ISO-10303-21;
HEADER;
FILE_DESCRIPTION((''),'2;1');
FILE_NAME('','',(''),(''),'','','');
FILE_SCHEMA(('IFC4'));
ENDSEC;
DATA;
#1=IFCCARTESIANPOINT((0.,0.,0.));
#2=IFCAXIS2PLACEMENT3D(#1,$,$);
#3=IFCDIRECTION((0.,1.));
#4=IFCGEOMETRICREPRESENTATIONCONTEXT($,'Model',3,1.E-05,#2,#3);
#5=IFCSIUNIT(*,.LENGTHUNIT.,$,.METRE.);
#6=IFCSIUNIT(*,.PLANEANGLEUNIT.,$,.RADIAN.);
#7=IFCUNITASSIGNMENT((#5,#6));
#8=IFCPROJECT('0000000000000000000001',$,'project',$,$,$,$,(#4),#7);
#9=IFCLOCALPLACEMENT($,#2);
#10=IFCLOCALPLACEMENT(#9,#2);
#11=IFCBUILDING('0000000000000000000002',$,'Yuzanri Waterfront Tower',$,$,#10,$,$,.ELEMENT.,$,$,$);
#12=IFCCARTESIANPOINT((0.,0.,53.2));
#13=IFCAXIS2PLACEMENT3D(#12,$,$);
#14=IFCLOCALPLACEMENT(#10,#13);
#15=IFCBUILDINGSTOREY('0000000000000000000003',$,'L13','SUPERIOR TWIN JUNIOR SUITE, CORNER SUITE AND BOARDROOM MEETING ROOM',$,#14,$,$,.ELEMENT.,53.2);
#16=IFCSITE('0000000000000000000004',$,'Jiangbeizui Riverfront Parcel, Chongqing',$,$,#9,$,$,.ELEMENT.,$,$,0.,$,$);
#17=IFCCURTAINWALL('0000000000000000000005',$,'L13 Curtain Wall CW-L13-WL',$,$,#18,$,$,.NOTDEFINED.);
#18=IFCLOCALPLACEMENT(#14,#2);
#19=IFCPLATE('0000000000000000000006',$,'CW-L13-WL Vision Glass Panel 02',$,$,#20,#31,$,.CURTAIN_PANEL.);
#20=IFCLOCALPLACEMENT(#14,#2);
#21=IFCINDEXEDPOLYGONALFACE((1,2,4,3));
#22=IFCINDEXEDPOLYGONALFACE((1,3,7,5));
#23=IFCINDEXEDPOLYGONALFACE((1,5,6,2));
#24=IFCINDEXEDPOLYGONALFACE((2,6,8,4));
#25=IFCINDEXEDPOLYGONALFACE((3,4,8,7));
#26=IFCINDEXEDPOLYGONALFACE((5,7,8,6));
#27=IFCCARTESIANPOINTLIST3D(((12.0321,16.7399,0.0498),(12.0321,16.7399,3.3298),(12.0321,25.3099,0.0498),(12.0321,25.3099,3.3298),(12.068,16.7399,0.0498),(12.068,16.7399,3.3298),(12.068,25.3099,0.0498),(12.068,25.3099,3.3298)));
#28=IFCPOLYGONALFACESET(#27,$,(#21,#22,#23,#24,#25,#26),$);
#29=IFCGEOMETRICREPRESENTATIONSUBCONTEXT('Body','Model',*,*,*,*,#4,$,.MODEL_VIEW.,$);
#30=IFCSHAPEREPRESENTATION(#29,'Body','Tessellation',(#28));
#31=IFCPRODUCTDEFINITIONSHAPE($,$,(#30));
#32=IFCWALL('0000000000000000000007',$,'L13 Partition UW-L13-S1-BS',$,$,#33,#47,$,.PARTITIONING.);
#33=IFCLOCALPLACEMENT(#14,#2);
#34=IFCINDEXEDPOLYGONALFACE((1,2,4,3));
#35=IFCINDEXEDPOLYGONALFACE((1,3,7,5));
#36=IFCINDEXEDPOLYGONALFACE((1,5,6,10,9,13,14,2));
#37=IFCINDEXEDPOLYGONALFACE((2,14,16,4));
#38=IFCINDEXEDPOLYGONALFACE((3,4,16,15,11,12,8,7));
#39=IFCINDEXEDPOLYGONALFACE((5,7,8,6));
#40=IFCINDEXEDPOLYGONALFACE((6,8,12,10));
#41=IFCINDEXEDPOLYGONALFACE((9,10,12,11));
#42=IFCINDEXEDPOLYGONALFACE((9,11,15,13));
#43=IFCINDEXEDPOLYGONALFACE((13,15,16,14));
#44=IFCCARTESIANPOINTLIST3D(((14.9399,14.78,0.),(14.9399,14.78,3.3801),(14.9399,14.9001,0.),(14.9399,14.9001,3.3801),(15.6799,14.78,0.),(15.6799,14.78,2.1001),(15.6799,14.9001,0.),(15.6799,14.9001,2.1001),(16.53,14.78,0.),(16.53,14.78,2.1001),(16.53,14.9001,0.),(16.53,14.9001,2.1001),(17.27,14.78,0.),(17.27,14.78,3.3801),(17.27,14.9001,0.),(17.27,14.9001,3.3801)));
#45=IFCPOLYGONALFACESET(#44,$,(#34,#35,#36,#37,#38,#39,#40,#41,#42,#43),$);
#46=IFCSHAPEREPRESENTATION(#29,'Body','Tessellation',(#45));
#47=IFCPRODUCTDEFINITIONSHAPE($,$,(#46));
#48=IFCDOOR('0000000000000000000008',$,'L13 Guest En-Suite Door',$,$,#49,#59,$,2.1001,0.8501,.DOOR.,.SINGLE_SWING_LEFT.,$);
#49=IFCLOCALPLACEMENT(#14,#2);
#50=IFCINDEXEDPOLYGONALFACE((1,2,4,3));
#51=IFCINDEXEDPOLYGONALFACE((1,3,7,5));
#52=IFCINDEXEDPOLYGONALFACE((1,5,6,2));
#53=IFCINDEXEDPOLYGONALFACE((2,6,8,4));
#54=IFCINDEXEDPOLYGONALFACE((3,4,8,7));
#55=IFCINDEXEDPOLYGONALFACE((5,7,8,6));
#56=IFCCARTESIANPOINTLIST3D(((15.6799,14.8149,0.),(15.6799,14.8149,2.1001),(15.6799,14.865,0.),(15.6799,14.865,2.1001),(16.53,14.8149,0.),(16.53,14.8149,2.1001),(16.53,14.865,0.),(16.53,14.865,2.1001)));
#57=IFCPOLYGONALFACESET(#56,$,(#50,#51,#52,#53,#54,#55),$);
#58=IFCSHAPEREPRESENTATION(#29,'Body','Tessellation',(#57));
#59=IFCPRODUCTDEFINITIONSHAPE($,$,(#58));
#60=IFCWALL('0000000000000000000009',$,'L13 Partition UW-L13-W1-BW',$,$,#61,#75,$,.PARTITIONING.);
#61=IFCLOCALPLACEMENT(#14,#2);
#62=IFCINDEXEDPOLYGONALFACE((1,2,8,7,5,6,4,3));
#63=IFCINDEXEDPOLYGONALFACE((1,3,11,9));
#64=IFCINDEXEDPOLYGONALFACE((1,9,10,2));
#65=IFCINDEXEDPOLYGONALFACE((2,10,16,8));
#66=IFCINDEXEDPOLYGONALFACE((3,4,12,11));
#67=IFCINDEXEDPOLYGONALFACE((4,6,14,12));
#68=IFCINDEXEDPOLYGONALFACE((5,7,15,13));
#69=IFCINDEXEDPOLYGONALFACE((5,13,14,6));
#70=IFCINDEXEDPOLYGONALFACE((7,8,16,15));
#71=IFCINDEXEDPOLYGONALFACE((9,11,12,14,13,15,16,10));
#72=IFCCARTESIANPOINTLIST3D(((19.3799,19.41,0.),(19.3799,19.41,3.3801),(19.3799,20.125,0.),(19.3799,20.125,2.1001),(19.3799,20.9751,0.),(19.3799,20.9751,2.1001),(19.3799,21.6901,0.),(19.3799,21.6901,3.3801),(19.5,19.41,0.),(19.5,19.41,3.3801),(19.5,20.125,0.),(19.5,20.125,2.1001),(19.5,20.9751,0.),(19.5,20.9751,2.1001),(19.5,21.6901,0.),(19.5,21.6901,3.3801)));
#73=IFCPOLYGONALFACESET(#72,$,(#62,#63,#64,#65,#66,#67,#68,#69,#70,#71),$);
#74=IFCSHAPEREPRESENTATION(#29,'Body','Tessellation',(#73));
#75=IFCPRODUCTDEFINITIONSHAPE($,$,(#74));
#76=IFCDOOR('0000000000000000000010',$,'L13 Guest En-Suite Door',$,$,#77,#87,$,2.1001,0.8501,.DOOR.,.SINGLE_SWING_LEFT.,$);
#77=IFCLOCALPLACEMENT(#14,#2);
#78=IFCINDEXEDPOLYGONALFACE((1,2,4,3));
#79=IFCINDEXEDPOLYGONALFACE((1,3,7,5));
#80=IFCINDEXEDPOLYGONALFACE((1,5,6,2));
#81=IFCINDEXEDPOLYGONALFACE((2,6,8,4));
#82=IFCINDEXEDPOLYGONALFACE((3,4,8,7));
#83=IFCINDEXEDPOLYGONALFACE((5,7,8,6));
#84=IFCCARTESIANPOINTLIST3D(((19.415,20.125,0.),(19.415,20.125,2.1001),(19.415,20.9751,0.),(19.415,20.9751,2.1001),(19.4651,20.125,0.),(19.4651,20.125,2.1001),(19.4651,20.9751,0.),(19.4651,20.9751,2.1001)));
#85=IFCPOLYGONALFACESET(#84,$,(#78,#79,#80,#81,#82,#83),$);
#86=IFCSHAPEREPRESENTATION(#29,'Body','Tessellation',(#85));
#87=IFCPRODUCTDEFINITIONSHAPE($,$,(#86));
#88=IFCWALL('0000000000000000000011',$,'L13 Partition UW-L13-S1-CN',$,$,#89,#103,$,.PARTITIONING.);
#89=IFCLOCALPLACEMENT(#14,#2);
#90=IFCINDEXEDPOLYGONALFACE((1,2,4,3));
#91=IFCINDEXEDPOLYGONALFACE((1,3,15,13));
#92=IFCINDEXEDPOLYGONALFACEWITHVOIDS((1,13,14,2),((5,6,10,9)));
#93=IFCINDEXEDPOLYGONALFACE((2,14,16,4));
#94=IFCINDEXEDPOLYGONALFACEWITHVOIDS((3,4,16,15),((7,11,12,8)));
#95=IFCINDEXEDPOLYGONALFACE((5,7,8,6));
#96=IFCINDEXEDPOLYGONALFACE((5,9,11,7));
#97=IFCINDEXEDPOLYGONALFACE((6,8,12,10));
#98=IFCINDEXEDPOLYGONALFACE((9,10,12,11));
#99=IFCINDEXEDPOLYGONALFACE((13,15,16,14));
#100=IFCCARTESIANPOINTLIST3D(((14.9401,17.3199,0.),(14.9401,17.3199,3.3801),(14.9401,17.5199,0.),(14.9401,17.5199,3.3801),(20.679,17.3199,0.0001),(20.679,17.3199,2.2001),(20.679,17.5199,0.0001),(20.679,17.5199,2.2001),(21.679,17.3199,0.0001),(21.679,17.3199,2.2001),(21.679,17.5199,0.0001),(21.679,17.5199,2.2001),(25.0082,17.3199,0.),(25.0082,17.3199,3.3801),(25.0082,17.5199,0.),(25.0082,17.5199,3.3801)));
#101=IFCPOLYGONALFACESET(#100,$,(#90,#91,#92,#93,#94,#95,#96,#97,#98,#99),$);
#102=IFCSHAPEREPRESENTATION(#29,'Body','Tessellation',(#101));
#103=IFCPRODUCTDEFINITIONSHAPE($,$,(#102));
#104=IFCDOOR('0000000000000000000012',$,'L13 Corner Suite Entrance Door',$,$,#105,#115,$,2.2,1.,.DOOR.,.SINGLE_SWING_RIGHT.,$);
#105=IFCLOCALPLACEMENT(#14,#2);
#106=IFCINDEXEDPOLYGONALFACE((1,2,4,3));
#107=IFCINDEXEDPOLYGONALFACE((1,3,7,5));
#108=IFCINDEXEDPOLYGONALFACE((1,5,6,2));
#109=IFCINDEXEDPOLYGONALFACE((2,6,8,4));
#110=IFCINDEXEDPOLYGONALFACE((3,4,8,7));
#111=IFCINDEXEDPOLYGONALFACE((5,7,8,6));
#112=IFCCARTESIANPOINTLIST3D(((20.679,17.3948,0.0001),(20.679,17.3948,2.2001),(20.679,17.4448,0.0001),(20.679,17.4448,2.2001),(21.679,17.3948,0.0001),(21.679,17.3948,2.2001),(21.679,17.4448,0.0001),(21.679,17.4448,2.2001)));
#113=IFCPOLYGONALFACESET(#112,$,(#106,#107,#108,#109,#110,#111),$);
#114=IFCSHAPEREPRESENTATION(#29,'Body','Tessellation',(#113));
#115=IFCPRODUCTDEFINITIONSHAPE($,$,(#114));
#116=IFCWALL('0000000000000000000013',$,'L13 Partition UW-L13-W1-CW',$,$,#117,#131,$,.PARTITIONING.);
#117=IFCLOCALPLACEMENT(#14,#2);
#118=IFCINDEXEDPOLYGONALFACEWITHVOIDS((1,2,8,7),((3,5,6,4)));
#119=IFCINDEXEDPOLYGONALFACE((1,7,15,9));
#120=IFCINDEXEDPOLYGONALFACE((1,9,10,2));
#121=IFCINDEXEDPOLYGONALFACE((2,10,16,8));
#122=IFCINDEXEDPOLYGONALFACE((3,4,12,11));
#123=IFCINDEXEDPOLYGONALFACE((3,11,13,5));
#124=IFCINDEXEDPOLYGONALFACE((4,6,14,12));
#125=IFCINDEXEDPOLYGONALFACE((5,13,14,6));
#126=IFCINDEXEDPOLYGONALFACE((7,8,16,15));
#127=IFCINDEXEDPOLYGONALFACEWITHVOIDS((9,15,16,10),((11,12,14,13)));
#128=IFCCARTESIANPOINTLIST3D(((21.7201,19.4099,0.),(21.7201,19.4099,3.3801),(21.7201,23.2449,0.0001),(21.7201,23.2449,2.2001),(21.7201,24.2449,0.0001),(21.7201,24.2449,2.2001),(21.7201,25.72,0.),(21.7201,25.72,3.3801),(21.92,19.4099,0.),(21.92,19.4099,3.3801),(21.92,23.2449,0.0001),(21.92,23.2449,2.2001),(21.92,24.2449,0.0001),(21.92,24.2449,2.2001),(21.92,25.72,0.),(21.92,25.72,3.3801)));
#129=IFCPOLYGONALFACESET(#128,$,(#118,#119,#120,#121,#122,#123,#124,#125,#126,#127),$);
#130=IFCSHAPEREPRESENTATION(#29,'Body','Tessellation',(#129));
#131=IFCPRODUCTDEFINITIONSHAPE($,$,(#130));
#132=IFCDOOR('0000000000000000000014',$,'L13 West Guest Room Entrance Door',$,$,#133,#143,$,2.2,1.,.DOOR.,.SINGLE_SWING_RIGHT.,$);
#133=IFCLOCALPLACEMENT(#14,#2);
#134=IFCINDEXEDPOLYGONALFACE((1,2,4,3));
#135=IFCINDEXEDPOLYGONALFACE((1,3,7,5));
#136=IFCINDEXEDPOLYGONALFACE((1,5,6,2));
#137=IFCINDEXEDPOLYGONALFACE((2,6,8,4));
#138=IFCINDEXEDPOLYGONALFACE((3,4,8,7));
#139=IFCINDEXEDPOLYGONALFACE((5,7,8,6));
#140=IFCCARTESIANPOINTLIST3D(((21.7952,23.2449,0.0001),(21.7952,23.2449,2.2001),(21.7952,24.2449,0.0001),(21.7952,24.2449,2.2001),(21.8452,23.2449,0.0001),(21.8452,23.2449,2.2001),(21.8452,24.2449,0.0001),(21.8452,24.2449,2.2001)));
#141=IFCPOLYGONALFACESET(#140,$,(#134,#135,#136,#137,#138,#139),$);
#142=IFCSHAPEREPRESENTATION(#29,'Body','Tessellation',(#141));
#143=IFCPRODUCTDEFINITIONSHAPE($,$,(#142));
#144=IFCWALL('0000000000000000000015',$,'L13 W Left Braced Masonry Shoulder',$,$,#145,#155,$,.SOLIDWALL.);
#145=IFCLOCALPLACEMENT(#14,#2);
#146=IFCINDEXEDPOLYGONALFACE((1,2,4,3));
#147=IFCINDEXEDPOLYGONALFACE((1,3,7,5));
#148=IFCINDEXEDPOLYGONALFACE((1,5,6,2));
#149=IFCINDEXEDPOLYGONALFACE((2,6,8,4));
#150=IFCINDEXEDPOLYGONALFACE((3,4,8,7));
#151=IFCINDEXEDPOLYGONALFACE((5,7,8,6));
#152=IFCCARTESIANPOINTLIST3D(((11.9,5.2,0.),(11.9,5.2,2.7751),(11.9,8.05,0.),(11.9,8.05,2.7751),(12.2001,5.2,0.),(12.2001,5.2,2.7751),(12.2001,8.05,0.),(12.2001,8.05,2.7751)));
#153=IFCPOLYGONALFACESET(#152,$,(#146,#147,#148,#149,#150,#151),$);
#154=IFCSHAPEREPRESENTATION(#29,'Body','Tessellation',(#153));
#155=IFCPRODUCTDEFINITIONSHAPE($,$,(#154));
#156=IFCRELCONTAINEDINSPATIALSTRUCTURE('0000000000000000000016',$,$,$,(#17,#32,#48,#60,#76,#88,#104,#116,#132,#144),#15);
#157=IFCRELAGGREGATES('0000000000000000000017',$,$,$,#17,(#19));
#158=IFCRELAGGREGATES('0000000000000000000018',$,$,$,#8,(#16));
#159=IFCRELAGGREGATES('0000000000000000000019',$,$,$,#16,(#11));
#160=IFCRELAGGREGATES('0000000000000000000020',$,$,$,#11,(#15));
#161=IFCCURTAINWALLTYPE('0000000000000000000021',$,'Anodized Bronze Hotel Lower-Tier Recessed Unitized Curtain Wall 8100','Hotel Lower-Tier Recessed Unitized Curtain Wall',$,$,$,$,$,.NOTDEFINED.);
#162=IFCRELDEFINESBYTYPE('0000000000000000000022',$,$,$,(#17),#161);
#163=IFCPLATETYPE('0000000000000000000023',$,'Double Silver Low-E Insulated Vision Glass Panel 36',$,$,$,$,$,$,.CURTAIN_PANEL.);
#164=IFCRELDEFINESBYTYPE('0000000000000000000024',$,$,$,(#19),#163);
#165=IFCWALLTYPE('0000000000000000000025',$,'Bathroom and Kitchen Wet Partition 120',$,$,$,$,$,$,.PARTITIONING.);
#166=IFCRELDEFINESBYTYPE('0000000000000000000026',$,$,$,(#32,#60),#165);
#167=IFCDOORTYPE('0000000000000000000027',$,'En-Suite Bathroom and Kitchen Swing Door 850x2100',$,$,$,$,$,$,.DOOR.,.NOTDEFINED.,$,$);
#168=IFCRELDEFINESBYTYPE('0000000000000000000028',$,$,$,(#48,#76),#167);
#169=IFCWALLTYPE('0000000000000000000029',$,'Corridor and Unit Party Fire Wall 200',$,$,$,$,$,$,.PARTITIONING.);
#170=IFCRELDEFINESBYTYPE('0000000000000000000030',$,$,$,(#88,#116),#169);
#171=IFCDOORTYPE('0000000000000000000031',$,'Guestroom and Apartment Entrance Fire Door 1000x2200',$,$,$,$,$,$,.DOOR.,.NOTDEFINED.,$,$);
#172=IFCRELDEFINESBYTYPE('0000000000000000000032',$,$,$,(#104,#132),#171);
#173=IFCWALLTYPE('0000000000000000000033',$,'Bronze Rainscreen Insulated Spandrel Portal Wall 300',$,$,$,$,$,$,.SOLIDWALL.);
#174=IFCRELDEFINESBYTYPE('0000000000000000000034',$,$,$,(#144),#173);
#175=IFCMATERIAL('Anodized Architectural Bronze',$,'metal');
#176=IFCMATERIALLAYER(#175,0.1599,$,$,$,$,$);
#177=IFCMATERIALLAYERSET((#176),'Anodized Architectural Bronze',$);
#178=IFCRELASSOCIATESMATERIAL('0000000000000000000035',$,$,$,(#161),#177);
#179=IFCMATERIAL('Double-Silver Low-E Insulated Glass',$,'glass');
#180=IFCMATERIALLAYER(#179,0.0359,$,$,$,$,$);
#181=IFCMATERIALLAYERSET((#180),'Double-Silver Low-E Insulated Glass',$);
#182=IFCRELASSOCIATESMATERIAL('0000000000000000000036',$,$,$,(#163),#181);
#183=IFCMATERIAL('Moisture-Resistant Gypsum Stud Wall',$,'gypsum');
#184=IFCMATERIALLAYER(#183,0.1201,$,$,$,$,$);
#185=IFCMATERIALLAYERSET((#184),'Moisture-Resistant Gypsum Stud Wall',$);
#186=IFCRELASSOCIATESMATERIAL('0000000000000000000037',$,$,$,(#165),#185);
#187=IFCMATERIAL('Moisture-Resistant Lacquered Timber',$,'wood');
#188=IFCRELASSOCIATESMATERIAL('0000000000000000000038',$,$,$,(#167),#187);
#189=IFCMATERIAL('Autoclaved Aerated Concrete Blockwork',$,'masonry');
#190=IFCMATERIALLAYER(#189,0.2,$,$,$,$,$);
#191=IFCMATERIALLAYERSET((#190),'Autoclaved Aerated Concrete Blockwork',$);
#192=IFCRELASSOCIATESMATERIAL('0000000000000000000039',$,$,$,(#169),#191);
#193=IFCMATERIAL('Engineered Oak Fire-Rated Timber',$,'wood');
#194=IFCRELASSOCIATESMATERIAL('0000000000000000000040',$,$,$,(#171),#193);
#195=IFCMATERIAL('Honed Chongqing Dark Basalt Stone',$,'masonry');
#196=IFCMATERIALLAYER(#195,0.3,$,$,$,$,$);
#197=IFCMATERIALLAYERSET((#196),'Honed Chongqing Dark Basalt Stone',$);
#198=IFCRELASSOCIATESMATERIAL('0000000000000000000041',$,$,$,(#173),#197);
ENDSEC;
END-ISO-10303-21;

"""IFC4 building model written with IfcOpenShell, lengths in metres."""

from ifc_helpers import new_model, si_unit, direction, frame, frame_2d, origin, origin_2d, place, context, subcontext, project, spatial, rectangle, extrude, source, transform, mapped, material, layer, layer_set, type_object, element, fill, aggregate, save


model = new_model("IFC4")

# Units and contexts
model_context = context("Model", 3, precision=1e-05, world=origin(), true_north=direction((0.0, 1.0)))
body_context = subcontext(model_context, "Body", "Model", "MODEL_VIEW")
ifc_project = project(units=[si_unit("LENGTHUNIT", "METRE"), si_unit("PLANEANGLEUNIT", "RADIAN")], contexts=[model_context])

# Site, building, storey
site_placement = place(None, origin())
site = spatial("IfcSite", under=ifc_project, at=site_placement, Name="Jiangbeizui Riverfront Parcel, Chongqing", CompositionType="ELEMENT", RefElevation=0.0)
building_placement = place(site_placement, origin())
building = spatial("IfcBuilding", under=site, at=building_placement, Name="Yuzanri Waterfront Tower", CompositionType="ELEMENT")
storey_placement = place(building_placement, frame((0.0, 0.0, 53.2)))
storey = spatial("IfcBuildingStorey", under=building, at=storey_placement, Name="L13", Description="SUPERIOR TWIN JUNIOR SUITE, CORNER SUITE AND BOARDROOM MEETING ROOM", CompositionType="ELEMENT", Elevation=53.2)

# Curtain wall
ifc_material_1 = material(Name="Anodized Architectural Bronze", Category="metal")
ifc_layer_1 = layer(ifc_material_1, 0.1599)
ifc_layer_set_1 = layer_set([ifc_layer_1], Name="Anodized Architectural Bronze")
curtain_wall_type = type_object("IfcCurtainWallType", Name="Anodized Bronze Hotel Lower-Tier Recessed Unitized Curtain Wall 8100", Description="Hotel Lower-Tier Recessed Unitized Curtain Wall", PredefinedType="NOTDEFINED", material=ifc_layer_set_1)
curtain_wall_placement = place(storey_placement, origin())
curtain_wall = element("IfcCurtainWall", 1, at=curtain_wall_placement, inside=storey, type_object=curtain_wall_type, Name="L13 Curtain Wall CW-L13-WL", PredefinedType="NOTDEFINED")

# Plate
ifc_material_2 = material(Name="Double-Silver Low-E Insulated Glass", Category="glass")
ifc_layer_2 = layer(ifc_material_2, 0.0359)
ifc_layer_set_2 = layer_set([ifc_layer_2], Name="Double-Silver Low-E Insulated Glass")
plate_type_1 = type_object("IfcPlateType", Name="Double Silver Low-E Insulated Vision Glass Panel 36", PredefinedType="CURTAIN_PANEL", material=ifc_layer_set_2)
shared_shape_1 = source(origin(), body_context, "Body", "SweptSolid", [
    extrude(rectangle(XDim=8.5701, YDim=0.0359, at=origin_2d()), origin(), (0.0, 0.0, 1.0), 3.28),
])
plate_1_placement = place(storey_placement, frame((12.05, 21.0249, 0.0498), z_axis=(0.0, 0.0, 1.0), x_axis=(0.0, 1.0, 0.0)))
plate_1 = element("IfcPlate", 2, at=plate_1_placement, type_object=plate_type_1, Name="CW-L13-WL Vision Glass Panel 02", PredefinedType="CURTAIN_PANEL", context=body_context, shape_type="MappedRepresentation", body=[
    mapped(shared_shape_1, transform((0.0, 0.0, 0.0), scale=1.0)),
])
aggregate(curtain_wall, [plate_1])

# Walls, openings, doors
ifc_material_3 = material(Name="Moisture-Resistant Gypsum Stud Wall", Category="gypsum")
ifc_layer_3 = layer(ifc_material_3, 0.1201)
ifc_layer_set_3 = layer_set([ifc_layer_3], Name="Moisture-Resistant Gypsum Stud Wall")
wall_type_1 = type_object("IfcWallType", Name="Bathroom and Kitchen Wet Partition 120", PredefinedType="PARTITIONING", material=ifc_layer_set_3)
wall_1_placement = place(storey_placement, frame((14.9399, 14.8401, 0.0), z_axis=(0.0, 0.0, 1.0), x_axis=(1.0, 0.0, 0.0)))
wall_1 = element("IfcWall", 3, at=wall_1_placement, inside=storey, type_object=wall_type_1, Name="L13 Partition UW-L13-S1-BS", PredefinedType="PARTITIONING", context=body_context, shape_type="SweptSolid", body=[
    extrude(rectangle(XDim=2.3301, YDim=0.1201, at=frame_2d((1.165, 0.0))), origin(), (0.0, 0.0, 1.0), 3.3801),
])
opening_1_placement = place(wall_1_placement, frame((0.74, 0.0, 0.0)))
opening_1 = element("IfcOpeningElement", 4, at=opening_1_placement, cuts=wall_1, PredefinedType="OPENING", context=body_context, shape_type="SweptSolid", body=[
    extrude(rectangle(XDim=0.8501, YDim=2.1001, at=frame_2d((0.425, 1.05))), frame((0.0, 0.075, 0.0), z_axis=(0.0, -1.0, 0.0), x_axis=(1.0, 0.0, 0.0)), (0.0, 0.0, 1.0), 0.1499),
])
ifc_material_4 = material(Name="Moisture-Resistant Lacquered Timber", Category="wood")
door_type_1 = type_object("IfcDoorType", Name="En-Suite Bathroom and Kitchen Swing Door 850x2100", OperationType="NOTDEFINED", PredefinedType="DOOR", material=ifc_material_4)
shared_shape_2 = source(origin(), body_context, "Body", "SweptSolid", [
    extrude(rectangle(XDim=0.8501, YDim=2.1001, at=frame_2d((0.425, 1.05))), frame((0.0, 0.0249, 0.0), z_axis=(0.0, -1.0, 0.0), x_axis=(1.0, 0.0, 0.0)), (0.0, 0.0, 1.0), 0.05),
])
door_1_placement = place(opening_1_placement, origin())
door_1 = element("IfcDoor", 5, at=door_1_placement, inside=storey, type_object=door_type_1, Name="L13 Guest En-Suite Door", OperationType="SINGLE_SWING_LEFT", OverallHeight=2.1001, OverallWidth=0.8501, PredefinedType="DOOR", context=body_context, shape_type="MappedRepresentation", body=[
    mapped(shared_shape_2, transform((0.0, 0.0, 0.0), scale=1.0)),
])
fill(opening_1, door_1)
wall_2_placement = place(storey_placement, frame((19.4399, 19.4099, 0.0), z_axis=(0.0, 0.0, 1.0), x_axis=(0.0, 1.0, 0.0)))
wall_2 = element("IfcWall", 6, at=wall_2_placement, inside=storey, type_object=wall_type_1, Name="L13 Partition UW-L13-W1-BW", PredefinedType="PARTITIONING", context=body_context, shape_type="SweptSolid", body=[
    extrude(rectangle(XDim=2.28, YDim=0.1201, at=frame_2d((1.1401, 0.0))), origin(), (0.0, 0.0, 1.0), 3.3801),
])
opening_2_placement = place(wall_2_placement, frame((0.7151, 0.0, 0.0)))
opening_2 = element("IfcOpeningElement", 7, at=opening_2_placement, cuts=wall_2, PredefinedType="OPENING", context=body_context, shape_type="SweptSolid", body=[
    extrude(rectangle(XDim=0.8501, YDim=2.1001, at=frame_2d((0.425, 1.05))), frame((0.0, 0.075, 0.0), z_axis=(0.0, -1.0, 0.0), x_axis=(1.0, 0.0, 0.0)), (0.0, 0.0, 1.0), 0.1499),
])
door_2_placement = place(opening_2_placement, origin())
door_2 = element("IfcDoor", 8, at=door_2_placement, inside=storey, type_object=door_type_1, Name="L13 Guest En-Suite Door", OperationType="SINGLE_SWING_LEFT", OverallHeight=2.1001, OverallWidth=0.8501, PredefinedType="DOOR", context=body_context, shape_type="MappedRepresentation", body=[
    mapped(shared_shape_2, transform((0.0, 0.0, 0.0), scale=1.0)),
])
fill(opening_2, door_2)
ifc_material_5 = material(Name="Autoclaved Aerated Concrete Blockwork", Category="masonry")
ifc_layer_4 = layer(ifc_material_5, 0.2)
ifc_layer_set_4 = layer_set([ifc_layer_4], Name="Autoclaved Aerated Concrete Blockwork")
wall_type_2 = type_object("IfcWallType", Name="Corridor and Unit Party Fire Wall 200", PredefinedType="PARTITIONING", material=ifc_layer_set_4)
wall_3_placement = place(storey_placement, frame((14.9399, 17.4199, 0.0), z_axis=(0.0, 0.0, 1.0), x_axis=(1.0, 0.0, 0.0)))
wall_3 = element("IfcWall", 9, at=wall_3_placement, inside=storey, type_object=wall_type_2, Name="L13 Partition UW-L13-S1-CN", PredefinedType="PARTITIONING", context=body_context, shape_type="SweptSolid", body=[
    extrude(rectangle(XDim=10.0681, YDim=0.2, at=frame_2d((5.0342, 0.0))), origin(), (0.0, 0.0, 1.0), 3.3801),
])
opening_3_placement = place(wall_3_placement, frame((5.739, 0.0, 0.0)))
opening_3 = element("IfcOpeningElement", 10, at=opening_3_placement, cuts=wall_3, PredefinedType="OPENING", context=body_context, shape_type="SweptSolid", body=[
    extrude(rectangle(XDim=1.0, YDim=2.2, at=frame_2d((0.5, 1.1001))), frame((0.0, 0.1147, 0.0), z_axis=(0.0, -1.0, 0.0), x_axis=(1.0, 0.0, 0.0)), (0.0, 0.0, 1.0), 0.2297),
])
ifc_material_6 = material(Name="Engineered Oak Fire-Rated Timber", Category="wood")
door_type_2 = type_object("IfcDoorType", Name="Guestroom and Apartment Entrance Fire Door 1000x2200", OperationType="NOTDEFINED", PredefinedType="DOOR", material=ifc_material_6)
shared_shape_3 = source(origin(), body_context, "Body", "SweptSolid", [
    extrude(rectangle(XDim=1.0, YDim=2.2, at=frame_2d((0.5, 1.1001))), frame((0.0, 0.0249, 0.0), z_axis=(0.0, -1.0, 0.0), x_axis=(1.0, 0.0, 0.0)), (0.0, 0.0, 1.0), 0.05),
])
door_3_placement = place(opening_3_placement, origin())
door_3 = element("IfcDoor", 11, at=door_3_placement, inside=storey, type_object=door_type_2, Name="L13 Corner Suite Entrance Door", OperationType="SINGLE_SWING_RIGHT", OverallHeight=2.2, OverallWidth=1.0, PredefinedType="DOOR", context=body_context, shape_type="MappedRepresentation", body=[
    mapped(shared_shape_3, transform((0.0, 0.0, 0.0), scale=1.0)),
])
fill(opening_3, door_3)
wall_4_placement = place(storey_placement, frame((21.8201, 19.4099, 0.0), z_axis=(0.0, 0.0, 1.0), x_axis=(0.0, 1.0, 0.0)))
wall_4 = element("IfcWall", 12, at=wall_4_placement, inside=storey, type_object=wall_type_2, Name="L13 Partition UW-L13-W1-CW", PredefinedType="PARTITIONING", context=body_context, shape_type="SweptSolid", body=[
    extrude(rectangle(XDim=6.3101, YDim=0.2, at=frame_2d((3.155, 0.0))), origin(), (0.0, 0.0, 1.0), 3.3801),
])
opening_4_placement = place(wall_4_placement, frame((3.835, 0.0, 0.0)))
opening_4 = element("IfcOpeningElement", 13, at=opening_4_placement, cuts=wall_4, PredefinedType="OPENING", context=body_context, shape_type="SweptSolid", body=[
    extrude(rectangle(XDim=1.0, YDim=2.2, at=frame_2d((0.5, 1.1001))), frame((0.0, 0.1147, 0.0), z_axis=(0.0, -1.0, 0.0), x_axis=(1.0, 0.0, 0.0)), (0.0, 0.0, 1.0), 0.2297),
])
door_4_placement = place(opening_4_placement, origin())
door_4 = element("IfcDoor", 14, at=door_4_placement, inside=storey, type_object=door_type_2, Name="L13 West Guest Room Entrance Door", OperationType="SINGLE_SWING_RIGHT", OverallHeight=2.2, OverallWidth=1.0, PredefinedType="DOOR", context=body_context, shape_type="MappedRepresentation", body=[
    mapped(shared_shape_3, transform((0.0, 0.0, 0.0), scale=1.0)),
])
fill(opening_4, door_4)

# Wall
ifc_material_7 = material(Name="Honed Chongqing Dark Basalt Stone", Category="masonry")
ifc_layer_5 = layer(ifc_material_7, 0.3)
ifc_layer_set_5 = layer_set([ifc_layer_5], Name="Honed Chongqing Dark Basalt Stone")
wall_type_3 = type_object("IfcWallType", Name="Bronze Rainscreen Insulated Spandrel Portal Wall 300", PredefinedType="SOLIDWALL", material=ifc_layer_set_5)
shared_shape_4 = source(origin(), body_context, "Body", "SweptSolid", [
    extrude(rectangle(XDim=2.8501, YDim=0.3, at=frame_2d((1.425, 0.0))), origin(), (0.0, 0.0, 1.0), 2.7751),
])
wall_5_placement = place(storey_placement, frame((12.05, 5.2, 0.0), z_axis=(0.0, 0.0, 1.0), x_axis=(0.0, 1.0, 0.0)))
element("IfcWall", 15, at=wall_5_placement, inside=storey, type_object=wall_type_3, Name="L13 W Left Braced Masonry Shoulder", PredefinedType="SOLIDWALL", context=body_context, shape_type="MappedRepresentation", body=[
    mapped(shared_shape_4, transform((0.0, 0.0, 0.0), scale=1.0)),
])

save(model, "model.ifc")
